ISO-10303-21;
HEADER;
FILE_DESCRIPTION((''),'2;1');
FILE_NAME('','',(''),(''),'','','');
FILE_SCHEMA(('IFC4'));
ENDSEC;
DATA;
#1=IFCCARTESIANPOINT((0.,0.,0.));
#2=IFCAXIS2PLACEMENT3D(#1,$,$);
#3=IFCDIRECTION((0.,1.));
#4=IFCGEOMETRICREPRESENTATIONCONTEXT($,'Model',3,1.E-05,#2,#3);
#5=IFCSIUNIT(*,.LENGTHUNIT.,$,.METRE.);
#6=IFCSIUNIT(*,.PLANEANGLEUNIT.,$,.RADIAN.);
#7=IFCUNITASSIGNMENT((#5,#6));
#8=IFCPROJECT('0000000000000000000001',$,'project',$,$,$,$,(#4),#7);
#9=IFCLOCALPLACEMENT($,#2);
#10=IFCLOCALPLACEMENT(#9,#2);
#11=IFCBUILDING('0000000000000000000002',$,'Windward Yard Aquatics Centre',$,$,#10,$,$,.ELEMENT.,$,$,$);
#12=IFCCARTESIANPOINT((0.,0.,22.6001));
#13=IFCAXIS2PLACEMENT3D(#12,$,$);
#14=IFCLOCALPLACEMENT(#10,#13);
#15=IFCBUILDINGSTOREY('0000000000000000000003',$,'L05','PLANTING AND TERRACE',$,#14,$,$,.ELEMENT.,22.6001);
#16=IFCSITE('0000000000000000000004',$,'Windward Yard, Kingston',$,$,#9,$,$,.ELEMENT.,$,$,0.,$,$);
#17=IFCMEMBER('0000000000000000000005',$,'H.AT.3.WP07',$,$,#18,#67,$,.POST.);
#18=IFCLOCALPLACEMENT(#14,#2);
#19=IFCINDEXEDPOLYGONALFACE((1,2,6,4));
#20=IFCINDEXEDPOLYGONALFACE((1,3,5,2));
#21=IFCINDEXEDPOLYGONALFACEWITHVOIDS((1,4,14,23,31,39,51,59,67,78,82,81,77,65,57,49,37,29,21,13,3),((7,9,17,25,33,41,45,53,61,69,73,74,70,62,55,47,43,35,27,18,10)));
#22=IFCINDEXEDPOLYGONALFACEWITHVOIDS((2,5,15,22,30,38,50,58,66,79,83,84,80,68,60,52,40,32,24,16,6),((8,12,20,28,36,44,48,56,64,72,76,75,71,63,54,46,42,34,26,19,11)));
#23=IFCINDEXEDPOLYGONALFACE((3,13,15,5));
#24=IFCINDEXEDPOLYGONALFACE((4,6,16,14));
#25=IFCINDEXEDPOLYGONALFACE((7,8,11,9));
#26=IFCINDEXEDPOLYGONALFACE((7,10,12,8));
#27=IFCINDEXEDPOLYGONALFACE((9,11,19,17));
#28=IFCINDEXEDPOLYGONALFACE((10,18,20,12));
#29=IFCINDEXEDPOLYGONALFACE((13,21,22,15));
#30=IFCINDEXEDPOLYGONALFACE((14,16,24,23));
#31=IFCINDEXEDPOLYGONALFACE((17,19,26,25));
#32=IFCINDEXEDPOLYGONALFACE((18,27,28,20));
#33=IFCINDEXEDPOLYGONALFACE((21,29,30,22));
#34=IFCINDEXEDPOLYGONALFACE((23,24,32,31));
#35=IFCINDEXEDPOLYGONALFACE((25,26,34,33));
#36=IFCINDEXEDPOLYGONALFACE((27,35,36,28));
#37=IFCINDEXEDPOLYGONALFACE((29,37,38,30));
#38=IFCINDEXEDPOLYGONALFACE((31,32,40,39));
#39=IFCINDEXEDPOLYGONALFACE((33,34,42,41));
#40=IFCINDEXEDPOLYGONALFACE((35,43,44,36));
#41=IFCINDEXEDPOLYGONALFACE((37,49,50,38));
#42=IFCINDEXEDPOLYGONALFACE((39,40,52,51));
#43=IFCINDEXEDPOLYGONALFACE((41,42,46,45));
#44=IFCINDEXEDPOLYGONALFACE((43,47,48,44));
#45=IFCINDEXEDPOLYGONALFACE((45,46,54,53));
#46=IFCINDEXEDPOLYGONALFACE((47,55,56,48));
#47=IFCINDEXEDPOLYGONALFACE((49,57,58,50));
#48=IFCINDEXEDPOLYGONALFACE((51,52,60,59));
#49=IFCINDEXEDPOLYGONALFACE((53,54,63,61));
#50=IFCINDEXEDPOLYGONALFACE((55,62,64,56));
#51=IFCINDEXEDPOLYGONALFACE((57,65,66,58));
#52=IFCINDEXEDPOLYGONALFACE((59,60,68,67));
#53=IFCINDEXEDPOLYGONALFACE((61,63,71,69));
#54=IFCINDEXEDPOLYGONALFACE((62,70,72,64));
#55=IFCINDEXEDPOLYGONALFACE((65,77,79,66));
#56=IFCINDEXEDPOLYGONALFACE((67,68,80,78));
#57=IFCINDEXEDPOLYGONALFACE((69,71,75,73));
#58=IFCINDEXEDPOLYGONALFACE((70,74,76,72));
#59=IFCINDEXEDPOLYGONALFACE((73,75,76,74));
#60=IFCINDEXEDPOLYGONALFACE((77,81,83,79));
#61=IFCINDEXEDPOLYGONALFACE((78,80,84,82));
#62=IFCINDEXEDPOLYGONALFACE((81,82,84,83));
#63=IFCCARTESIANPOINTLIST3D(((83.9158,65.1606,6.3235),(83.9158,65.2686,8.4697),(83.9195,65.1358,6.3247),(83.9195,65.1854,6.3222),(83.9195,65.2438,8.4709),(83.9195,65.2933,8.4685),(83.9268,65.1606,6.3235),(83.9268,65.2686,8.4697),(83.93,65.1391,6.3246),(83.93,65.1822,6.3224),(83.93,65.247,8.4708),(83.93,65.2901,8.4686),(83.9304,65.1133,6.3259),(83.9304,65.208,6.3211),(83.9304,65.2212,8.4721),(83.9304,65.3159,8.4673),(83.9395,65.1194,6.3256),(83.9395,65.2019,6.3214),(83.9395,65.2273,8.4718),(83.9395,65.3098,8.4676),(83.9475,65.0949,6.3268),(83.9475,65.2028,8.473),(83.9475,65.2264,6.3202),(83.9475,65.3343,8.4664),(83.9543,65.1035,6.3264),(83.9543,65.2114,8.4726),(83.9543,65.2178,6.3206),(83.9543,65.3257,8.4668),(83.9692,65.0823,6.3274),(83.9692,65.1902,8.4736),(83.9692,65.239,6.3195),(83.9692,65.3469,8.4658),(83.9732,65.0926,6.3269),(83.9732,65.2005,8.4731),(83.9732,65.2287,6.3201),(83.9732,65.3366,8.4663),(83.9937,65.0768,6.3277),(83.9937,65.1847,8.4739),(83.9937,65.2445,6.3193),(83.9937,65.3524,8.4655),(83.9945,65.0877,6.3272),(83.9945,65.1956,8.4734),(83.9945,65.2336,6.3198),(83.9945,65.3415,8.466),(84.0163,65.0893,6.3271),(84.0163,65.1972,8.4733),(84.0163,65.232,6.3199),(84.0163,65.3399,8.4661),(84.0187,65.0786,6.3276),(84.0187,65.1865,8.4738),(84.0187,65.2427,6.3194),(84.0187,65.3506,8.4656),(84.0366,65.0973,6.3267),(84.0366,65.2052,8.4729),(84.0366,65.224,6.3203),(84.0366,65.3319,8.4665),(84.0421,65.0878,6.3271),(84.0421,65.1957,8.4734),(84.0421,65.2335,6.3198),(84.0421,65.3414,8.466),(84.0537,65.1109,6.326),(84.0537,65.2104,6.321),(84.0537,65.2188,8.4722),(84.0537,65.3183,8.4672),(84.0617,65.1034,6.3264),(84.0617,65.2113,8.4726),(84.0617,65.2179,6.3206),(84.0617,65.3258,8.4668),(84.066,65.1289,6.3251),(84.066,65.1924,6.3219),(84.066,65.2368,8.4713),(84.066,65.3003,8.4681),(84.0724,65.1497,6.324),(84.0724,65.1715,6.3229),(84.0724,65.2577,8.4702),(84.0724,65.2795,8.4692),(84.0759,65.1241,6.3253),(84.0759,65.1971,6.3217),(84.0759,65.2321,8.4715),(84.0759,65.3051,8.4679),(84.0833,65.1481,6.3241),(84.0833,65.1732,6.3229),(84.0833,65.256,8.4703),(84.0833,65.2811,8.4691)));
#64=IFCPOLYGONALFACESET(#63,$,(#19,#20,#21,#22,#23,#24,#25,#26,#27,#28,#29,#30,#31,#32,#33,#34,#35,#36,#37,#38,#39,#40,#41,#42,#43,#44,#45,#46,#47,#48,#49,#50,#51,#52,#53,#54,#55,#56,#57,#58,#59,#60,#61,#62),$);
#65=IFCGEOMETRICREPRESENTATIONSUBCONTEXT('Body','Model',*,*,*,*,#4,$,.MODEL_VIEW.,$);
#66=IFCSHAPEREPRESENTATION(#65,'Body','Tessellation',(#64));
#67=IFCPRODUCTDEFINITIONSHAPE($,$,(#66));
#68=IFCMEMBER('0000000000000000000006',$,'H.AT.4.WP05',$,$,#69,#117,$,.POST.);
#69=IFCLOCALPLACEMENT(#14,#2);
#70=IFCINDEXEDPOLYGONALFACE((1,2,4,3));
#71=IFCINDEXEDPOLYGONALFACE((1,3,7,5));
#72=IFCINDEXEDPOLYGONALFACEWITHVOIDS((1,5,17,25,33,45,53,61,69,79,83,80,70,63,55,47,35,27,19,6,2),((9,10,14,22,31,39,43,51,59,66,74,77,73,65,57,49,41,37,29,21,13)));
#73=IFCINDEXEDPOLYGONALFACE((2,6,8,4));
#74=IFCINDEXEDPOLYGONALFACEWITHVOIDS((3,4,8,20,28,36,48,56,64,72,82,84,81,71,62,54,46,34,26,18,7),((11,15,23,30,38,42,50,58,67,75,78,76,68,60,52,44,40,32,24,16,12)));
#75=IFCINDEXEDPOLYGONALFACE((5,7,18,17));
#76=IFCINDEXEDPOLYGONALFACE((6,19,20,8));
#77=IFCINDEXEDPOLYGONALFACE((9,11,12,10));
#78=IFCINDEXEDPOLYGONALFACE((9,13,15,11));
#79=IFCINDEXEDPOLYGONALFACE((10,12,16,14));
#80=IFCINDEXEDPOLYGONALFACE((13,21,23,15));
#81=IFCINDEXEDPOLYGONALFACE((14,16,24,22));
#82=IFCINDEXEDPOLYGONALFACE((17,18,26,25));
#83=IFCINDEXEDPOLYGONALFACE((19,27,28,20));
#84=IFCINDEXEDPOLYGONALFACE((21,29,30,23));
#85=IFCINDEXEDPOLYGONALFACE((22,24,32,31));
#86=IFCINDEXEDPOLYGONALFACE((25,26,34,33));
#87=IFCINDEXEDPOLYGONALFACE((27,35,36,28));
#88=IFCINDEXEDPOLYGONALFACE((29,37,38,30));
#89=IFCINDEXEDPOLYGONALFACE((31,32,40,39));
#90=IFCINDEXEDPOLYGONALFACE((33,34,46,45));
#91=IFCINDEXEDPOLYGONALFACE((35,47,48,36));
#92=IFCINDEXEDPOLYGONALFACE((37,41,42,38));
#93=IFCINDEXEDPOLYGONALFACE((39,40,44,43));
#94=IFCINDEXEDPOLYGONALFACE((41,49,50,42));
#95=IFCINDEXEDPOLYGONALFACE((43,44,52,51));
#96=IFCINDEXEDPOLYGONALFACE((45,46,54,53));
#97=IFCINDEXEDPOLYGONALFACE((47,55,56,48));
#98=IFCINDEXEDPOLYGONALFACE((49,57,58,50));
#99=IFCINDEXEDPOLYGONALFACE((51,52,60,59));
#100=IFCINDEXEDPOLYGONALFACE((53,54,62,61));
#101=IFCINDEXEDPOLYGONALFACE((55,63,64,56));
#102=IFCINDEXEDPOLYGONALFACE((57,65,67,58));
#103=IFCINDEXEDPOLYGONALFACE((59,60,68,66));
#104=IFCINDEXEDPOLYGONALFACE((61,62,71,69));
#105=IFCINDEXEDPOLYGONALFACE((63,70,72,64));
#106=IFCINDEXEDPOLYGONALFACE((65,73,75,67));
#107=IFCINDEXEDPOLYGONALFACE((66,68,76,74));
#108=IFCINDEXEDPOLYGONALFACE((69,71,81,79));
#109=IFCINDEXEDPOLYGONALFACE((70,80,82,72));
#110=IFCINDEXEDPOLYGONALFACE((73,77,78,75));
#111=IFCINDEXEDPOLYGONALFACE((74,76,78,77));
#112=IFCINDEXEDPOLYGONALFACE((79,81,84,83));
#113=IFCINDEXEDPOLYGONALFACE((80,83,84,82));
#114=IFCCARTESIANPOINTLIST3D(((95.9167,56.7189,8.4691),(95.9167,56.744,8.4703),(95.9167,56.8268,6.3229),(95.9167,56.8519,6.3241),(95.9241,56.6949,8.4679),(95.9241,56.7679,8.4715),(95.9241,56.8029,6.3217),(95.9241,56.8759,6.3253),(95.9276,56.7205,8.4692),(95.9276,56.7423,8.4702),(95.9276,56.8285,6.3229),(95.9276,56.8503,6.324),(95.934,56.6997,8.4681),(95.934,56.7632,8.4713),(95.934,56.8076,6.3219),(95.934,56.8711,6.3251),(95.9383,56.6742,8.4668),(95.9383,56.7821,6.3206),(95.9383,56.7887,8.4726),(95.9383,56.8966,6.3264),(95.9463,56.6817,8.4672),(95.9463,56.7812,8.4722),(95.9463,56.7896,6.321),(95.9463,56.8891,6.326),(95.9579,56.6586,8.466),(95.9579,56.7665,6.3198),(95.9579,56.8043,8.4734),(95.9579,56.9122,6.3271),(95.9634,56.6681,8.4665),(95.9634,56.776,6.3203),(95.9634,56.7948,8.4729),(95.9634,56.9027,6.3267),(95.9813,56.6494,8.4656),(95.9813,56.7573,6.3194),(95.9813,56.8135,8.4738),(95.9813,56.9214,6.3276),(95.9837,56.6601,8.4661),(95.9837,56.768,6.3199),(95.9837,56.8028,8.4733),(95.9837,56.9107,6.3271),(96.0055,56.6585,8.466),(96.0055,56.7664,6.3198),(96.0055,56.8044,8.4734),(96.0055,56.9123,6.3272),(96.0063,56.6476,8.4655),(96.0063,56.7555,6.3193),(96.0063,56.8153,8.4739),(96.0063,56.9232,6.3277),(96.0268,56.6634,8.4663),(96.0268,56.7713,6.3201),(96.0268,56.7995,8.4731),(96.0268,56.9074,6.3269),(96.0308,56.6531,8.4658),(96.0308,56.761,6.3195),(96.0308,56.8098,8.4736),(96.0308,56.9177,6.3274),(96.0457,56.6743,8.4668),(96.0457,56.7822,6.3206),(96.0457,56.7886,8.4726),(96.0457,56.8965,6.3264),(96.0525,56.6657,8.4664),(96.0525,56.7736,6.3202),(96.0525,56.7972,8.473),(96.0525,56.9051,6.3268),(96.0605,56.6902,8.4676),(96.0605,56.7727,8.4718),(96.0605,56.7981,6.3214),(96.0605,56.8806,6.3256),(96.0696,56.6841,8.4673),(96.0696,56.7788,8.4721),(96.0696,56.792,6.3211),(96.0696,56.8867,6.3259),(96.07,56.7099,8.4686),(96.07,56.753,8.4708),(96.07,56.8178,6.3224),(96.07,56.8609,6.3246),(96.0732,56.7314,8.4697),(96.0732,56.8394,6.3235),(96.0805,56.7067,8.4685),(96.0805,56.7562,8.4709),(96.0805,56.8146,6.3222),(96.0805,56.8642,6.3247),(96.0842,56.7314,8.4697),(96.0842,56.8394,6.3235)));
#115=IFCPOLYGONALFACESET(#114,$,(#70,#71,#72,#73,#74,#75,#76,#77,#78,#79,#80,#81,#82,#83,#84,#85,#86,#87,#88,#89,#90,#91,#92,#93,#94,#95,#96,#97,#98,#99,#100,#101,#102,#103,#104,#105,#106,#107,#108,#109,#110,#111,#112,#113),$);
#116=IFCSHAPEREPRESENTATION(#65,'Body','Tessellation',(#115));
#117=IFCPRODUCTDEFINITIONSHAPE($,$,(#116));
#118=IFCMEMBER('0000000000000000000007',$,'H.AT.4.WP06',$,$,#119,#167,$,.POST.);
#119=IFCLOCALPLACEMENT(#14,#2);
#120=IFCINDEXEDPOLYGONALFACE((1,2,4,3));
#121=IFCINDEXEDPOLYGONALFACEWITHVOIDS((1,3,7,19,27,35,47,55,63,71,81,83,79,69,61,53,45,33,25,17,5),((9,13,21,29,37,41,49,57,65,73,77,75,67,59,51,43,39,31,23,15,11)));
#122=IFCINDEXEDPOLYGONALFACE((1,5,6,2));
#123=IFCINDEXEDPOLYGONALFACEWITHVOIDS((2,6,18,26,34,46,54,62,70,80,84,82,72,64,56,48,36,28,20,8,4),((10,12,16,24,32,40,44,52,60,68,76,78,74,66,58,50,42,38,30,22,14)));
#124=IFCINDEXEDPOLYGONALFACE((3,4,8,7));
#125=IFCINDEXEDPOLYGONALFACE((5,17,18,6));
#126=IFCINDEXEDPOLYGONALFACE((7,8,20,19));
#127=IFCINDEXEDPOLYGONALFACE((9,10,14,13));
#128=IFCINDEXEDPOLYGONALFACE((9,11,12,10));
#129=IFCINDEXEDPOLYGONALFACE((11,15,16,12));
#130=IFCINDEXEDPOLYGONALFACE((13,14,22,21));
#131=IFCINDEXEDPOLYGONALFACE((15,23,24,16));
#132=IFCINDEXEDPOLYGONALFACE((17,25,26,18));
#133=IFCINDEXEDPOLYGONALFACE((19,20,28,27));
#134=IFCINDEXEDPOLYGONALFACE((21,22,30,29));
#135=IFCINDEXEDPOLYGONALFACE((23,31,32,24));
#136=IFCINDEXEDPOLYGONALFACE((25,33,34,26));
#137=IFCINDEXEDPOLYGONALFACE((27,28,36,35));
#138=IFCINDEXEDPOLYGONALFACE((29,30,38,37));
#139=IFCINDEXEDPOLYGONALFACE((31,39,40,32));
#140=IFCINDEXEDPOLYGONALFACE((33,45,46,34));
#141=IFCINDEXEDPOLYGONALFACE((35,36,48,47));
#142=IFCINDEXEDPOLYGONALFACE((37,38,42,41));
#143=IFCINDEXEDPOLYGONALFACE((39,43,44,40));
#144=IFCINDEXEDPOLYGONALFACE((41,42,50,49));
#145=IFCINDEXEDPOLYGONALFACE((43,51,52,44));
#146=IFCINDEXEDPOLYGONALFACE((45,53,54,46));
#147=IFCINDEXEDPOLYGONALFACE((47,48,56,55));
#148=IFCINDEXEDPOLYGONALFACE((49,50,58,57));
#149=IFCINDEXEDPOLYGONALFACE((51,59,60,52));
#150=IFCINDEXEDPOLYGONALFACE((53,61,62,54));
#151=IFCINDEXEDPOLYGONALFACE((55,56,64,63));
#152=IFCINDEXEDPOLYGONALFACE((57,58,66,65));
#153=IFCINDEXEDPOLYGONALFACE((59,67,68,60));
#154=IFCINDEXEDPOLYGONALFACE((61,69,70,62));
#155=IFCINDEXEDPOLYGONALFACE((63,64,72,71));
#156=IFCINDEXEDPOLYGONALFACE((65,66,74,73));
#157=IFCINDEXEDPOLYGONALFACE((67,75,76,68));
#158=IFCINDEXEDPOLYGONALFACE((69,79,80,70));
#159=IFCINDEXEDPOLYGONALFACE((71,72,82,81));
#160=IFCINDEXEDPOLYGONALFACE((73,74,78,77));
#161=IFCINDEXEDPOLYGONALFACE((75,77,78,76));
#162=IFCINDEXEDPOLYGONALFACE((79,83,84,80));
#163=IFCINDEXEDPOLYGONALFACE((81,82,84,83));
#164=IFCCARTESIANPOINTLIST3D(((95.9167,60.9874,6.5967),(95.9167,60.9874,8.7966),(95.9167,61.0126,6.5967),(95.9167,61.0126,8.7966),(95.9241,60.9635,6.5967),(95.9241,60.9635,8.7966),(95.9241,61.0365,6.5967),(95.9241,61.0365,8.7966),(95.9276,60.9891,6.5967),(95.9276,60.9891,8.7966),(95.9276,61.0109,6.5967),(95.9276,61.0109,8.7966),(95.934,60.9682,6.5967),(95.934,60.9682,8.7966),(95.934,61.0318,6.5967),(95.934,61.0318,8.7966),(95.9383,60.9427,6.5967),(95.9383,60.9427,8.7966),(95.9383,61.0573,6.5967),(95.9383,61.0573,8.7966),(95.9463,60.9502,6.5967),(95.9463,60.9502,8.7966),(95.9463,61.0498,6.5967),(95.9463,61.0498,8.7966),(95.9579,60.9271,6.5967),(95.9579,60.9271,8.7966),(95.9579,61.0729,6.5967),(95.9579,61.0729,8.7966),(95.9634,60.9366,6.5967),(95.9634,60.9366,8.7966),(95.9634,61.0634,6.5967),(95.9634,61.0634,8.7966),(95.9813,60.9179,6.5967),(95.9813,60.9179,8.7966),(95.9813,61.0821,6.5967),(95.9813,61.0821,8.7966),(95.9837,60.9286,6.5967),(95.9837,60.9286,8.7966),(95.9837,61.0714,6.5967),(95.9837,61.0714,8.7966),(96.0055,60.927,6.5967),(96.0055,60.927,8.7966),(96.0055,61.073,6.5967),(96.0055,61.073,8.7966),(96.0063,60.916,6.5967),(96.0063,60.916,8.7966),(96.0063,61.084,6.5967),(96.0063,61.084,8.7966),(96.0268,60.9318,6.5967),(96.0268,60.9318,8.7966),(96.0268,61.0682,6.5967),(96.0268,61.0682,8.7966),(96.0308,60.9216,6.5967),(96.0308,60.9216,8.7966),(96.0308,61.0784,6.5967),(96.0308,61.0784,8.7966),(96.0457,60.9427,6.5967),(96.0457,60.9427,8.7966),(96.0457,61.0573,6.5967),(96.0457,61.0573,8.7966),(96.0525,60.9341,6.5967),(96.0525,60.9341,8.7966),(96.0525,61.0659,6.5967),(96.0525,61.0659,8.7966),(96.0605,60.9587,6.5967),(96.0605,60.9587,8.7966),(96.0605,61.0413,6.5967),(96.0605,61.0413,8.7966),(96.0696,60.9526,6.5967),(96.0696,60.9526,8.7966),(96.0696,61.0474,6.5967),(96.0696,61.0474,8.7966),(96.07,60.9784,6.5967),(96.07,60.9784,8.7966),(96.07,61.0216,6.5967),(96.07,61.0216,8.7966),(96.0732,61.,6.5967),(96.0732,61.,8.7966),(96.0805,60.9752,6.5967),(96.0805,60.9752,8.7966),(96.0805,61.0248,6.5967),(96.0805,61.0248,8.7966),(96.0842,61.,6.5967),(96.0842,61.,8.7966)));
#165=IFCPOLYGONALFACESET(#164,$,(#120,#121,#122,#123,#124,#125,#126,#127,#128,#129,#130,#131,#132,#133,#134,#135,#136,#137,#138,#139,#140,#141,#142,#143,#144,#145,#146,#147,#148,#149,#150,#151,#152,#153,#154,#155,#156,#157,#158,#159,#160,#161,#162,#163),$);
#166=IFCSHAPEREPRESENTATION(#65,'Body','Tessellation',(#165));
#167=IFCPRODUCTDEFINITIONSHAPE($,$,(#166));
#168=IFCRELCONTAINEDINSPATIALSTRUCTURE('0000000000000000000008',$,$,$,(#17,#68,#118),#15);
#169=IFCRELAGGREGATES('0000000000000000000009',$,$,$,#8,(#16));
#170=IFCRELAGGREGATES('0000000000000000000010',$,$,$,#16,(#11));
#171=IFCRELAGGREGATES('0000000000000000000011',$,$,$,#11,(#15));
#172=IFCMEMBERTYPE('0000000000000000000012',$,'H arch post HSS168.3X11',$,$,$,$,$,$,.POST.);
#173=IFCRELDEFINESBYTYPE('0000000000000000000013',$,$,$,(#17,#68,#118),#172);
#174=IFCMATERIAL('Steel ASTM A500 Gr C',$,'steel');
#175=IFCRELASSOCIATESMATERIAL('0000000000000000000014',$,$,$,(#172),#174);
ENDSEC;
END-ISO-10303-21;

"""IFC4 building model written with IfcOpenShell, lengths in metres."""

from ifc_helpers import new_model, si_unit, direction, frame, origin, origin_2d, place, context, subcontext, project, spatial, hollow_circle, extrude, material, material_profile, profile_set, type_object, element, save


model = new_model("IFC4")

# Units and contexts
model_context = context("Model", 3, precision=1e-05, world=origin(), true_north=direction((0.0, 1.0)))
body_context = subcontext(model_context, "Body", "Model", "MODEL_VIEW")
ifc_project = project(units=[si_unit("LENGTHUNIT", "METRE"), si_unit("PLANEANGLEUNIT", "RADIAN")], contexts=[model_context])

# Site, building, storey
site_placement = place(None, origin())
site = spatial("IfcSite", under=ifc_project, at=site_placement, Name="Windward Yard, Kingston", CompositionType="ELEMENT", RefElevation=0.0)
building_placement = place(site_placement, origin())
building = spatial("IfcBuilding", under=site, at=building_placement, Name="Windward Yard Aquatics Centre", CompositionType="ELEMENT")
storey_placement = place(building_placement, frame((0.0, 0.0, 22.6001)))
storey = spatial("IfcBuildingStorey", under=building, at=storey_placement, Name="L05", Description="PLANTING AND TERRACE", CompositionType="ELEMENT", Elevation=22.6001)

# Members
ifc_material_1 = material(Name="Steel ASTM A500 Gr C", Category="steel")
ifc_material_profile_1 = material_profile(ifc_material_1, hollow_circle(Radius=0.0842, WallThickness=0.011, at=origin_2d()), Name="HSS168.3X11")
ifc_profile_set_1 = profile_set([ifc_material_profile_1], Name="Steel ASTM A500 Gr C")
member_type_1 = type_object("IfcMemberType", Name="H arch post HSS168.3X11", PredefinedType="POST", material=ifc_profile_set_1)
for number, where, z_axis, x_axis, name in (
    (1, (84.0, 65.1606, 6.3235), (0.0, 0.050215, 0.998738), (-1.0, 0.0, 0.0), "H.AT.3.WP07"),
    (2, (96.0, 56.8394, 6.3235), (0.0, -0.050215, 0.998738), (1.0, 0.0, 0.0), "H.AT.4.WP05"),
):
    element("IfcMember", number, at=place(storey_placement, frame(where, z_axis=z_axis, x_axis=x_axis)), inside=storey, type_object=member_type_1, Name=name, PredefinedType="POST", context=body_context, shape_type="SweptSolid", body=[
        extrude(hollow_circle(Radius=0.0842, WallThickness=0.011, at=origin_2d()), origin(), (0.0, 0.0, 1.0), 2.1489),
    ])
member_1_placement = place(storey_placement, frame((96.0, 61.0, 6.5967), z_axis=(0.0, 0.0, 1.0), x_axis=(1.0, 0.0, 0.0)))
element("IfcMember", 3, at=member_1_placement, inside=storey, type_object=member_type_1, Name="H.AT.4.WP06", PredefinedType="POST", context=body_context, shape_type="SweptSolid", body=[
    extrude(hollow_circle(Radius=0.0842, WallThickness=0.011, at=origin_2d()), origin(), (0.0, 0.0, 1.0), 2.2),
])

save(model, "model.ifc")
